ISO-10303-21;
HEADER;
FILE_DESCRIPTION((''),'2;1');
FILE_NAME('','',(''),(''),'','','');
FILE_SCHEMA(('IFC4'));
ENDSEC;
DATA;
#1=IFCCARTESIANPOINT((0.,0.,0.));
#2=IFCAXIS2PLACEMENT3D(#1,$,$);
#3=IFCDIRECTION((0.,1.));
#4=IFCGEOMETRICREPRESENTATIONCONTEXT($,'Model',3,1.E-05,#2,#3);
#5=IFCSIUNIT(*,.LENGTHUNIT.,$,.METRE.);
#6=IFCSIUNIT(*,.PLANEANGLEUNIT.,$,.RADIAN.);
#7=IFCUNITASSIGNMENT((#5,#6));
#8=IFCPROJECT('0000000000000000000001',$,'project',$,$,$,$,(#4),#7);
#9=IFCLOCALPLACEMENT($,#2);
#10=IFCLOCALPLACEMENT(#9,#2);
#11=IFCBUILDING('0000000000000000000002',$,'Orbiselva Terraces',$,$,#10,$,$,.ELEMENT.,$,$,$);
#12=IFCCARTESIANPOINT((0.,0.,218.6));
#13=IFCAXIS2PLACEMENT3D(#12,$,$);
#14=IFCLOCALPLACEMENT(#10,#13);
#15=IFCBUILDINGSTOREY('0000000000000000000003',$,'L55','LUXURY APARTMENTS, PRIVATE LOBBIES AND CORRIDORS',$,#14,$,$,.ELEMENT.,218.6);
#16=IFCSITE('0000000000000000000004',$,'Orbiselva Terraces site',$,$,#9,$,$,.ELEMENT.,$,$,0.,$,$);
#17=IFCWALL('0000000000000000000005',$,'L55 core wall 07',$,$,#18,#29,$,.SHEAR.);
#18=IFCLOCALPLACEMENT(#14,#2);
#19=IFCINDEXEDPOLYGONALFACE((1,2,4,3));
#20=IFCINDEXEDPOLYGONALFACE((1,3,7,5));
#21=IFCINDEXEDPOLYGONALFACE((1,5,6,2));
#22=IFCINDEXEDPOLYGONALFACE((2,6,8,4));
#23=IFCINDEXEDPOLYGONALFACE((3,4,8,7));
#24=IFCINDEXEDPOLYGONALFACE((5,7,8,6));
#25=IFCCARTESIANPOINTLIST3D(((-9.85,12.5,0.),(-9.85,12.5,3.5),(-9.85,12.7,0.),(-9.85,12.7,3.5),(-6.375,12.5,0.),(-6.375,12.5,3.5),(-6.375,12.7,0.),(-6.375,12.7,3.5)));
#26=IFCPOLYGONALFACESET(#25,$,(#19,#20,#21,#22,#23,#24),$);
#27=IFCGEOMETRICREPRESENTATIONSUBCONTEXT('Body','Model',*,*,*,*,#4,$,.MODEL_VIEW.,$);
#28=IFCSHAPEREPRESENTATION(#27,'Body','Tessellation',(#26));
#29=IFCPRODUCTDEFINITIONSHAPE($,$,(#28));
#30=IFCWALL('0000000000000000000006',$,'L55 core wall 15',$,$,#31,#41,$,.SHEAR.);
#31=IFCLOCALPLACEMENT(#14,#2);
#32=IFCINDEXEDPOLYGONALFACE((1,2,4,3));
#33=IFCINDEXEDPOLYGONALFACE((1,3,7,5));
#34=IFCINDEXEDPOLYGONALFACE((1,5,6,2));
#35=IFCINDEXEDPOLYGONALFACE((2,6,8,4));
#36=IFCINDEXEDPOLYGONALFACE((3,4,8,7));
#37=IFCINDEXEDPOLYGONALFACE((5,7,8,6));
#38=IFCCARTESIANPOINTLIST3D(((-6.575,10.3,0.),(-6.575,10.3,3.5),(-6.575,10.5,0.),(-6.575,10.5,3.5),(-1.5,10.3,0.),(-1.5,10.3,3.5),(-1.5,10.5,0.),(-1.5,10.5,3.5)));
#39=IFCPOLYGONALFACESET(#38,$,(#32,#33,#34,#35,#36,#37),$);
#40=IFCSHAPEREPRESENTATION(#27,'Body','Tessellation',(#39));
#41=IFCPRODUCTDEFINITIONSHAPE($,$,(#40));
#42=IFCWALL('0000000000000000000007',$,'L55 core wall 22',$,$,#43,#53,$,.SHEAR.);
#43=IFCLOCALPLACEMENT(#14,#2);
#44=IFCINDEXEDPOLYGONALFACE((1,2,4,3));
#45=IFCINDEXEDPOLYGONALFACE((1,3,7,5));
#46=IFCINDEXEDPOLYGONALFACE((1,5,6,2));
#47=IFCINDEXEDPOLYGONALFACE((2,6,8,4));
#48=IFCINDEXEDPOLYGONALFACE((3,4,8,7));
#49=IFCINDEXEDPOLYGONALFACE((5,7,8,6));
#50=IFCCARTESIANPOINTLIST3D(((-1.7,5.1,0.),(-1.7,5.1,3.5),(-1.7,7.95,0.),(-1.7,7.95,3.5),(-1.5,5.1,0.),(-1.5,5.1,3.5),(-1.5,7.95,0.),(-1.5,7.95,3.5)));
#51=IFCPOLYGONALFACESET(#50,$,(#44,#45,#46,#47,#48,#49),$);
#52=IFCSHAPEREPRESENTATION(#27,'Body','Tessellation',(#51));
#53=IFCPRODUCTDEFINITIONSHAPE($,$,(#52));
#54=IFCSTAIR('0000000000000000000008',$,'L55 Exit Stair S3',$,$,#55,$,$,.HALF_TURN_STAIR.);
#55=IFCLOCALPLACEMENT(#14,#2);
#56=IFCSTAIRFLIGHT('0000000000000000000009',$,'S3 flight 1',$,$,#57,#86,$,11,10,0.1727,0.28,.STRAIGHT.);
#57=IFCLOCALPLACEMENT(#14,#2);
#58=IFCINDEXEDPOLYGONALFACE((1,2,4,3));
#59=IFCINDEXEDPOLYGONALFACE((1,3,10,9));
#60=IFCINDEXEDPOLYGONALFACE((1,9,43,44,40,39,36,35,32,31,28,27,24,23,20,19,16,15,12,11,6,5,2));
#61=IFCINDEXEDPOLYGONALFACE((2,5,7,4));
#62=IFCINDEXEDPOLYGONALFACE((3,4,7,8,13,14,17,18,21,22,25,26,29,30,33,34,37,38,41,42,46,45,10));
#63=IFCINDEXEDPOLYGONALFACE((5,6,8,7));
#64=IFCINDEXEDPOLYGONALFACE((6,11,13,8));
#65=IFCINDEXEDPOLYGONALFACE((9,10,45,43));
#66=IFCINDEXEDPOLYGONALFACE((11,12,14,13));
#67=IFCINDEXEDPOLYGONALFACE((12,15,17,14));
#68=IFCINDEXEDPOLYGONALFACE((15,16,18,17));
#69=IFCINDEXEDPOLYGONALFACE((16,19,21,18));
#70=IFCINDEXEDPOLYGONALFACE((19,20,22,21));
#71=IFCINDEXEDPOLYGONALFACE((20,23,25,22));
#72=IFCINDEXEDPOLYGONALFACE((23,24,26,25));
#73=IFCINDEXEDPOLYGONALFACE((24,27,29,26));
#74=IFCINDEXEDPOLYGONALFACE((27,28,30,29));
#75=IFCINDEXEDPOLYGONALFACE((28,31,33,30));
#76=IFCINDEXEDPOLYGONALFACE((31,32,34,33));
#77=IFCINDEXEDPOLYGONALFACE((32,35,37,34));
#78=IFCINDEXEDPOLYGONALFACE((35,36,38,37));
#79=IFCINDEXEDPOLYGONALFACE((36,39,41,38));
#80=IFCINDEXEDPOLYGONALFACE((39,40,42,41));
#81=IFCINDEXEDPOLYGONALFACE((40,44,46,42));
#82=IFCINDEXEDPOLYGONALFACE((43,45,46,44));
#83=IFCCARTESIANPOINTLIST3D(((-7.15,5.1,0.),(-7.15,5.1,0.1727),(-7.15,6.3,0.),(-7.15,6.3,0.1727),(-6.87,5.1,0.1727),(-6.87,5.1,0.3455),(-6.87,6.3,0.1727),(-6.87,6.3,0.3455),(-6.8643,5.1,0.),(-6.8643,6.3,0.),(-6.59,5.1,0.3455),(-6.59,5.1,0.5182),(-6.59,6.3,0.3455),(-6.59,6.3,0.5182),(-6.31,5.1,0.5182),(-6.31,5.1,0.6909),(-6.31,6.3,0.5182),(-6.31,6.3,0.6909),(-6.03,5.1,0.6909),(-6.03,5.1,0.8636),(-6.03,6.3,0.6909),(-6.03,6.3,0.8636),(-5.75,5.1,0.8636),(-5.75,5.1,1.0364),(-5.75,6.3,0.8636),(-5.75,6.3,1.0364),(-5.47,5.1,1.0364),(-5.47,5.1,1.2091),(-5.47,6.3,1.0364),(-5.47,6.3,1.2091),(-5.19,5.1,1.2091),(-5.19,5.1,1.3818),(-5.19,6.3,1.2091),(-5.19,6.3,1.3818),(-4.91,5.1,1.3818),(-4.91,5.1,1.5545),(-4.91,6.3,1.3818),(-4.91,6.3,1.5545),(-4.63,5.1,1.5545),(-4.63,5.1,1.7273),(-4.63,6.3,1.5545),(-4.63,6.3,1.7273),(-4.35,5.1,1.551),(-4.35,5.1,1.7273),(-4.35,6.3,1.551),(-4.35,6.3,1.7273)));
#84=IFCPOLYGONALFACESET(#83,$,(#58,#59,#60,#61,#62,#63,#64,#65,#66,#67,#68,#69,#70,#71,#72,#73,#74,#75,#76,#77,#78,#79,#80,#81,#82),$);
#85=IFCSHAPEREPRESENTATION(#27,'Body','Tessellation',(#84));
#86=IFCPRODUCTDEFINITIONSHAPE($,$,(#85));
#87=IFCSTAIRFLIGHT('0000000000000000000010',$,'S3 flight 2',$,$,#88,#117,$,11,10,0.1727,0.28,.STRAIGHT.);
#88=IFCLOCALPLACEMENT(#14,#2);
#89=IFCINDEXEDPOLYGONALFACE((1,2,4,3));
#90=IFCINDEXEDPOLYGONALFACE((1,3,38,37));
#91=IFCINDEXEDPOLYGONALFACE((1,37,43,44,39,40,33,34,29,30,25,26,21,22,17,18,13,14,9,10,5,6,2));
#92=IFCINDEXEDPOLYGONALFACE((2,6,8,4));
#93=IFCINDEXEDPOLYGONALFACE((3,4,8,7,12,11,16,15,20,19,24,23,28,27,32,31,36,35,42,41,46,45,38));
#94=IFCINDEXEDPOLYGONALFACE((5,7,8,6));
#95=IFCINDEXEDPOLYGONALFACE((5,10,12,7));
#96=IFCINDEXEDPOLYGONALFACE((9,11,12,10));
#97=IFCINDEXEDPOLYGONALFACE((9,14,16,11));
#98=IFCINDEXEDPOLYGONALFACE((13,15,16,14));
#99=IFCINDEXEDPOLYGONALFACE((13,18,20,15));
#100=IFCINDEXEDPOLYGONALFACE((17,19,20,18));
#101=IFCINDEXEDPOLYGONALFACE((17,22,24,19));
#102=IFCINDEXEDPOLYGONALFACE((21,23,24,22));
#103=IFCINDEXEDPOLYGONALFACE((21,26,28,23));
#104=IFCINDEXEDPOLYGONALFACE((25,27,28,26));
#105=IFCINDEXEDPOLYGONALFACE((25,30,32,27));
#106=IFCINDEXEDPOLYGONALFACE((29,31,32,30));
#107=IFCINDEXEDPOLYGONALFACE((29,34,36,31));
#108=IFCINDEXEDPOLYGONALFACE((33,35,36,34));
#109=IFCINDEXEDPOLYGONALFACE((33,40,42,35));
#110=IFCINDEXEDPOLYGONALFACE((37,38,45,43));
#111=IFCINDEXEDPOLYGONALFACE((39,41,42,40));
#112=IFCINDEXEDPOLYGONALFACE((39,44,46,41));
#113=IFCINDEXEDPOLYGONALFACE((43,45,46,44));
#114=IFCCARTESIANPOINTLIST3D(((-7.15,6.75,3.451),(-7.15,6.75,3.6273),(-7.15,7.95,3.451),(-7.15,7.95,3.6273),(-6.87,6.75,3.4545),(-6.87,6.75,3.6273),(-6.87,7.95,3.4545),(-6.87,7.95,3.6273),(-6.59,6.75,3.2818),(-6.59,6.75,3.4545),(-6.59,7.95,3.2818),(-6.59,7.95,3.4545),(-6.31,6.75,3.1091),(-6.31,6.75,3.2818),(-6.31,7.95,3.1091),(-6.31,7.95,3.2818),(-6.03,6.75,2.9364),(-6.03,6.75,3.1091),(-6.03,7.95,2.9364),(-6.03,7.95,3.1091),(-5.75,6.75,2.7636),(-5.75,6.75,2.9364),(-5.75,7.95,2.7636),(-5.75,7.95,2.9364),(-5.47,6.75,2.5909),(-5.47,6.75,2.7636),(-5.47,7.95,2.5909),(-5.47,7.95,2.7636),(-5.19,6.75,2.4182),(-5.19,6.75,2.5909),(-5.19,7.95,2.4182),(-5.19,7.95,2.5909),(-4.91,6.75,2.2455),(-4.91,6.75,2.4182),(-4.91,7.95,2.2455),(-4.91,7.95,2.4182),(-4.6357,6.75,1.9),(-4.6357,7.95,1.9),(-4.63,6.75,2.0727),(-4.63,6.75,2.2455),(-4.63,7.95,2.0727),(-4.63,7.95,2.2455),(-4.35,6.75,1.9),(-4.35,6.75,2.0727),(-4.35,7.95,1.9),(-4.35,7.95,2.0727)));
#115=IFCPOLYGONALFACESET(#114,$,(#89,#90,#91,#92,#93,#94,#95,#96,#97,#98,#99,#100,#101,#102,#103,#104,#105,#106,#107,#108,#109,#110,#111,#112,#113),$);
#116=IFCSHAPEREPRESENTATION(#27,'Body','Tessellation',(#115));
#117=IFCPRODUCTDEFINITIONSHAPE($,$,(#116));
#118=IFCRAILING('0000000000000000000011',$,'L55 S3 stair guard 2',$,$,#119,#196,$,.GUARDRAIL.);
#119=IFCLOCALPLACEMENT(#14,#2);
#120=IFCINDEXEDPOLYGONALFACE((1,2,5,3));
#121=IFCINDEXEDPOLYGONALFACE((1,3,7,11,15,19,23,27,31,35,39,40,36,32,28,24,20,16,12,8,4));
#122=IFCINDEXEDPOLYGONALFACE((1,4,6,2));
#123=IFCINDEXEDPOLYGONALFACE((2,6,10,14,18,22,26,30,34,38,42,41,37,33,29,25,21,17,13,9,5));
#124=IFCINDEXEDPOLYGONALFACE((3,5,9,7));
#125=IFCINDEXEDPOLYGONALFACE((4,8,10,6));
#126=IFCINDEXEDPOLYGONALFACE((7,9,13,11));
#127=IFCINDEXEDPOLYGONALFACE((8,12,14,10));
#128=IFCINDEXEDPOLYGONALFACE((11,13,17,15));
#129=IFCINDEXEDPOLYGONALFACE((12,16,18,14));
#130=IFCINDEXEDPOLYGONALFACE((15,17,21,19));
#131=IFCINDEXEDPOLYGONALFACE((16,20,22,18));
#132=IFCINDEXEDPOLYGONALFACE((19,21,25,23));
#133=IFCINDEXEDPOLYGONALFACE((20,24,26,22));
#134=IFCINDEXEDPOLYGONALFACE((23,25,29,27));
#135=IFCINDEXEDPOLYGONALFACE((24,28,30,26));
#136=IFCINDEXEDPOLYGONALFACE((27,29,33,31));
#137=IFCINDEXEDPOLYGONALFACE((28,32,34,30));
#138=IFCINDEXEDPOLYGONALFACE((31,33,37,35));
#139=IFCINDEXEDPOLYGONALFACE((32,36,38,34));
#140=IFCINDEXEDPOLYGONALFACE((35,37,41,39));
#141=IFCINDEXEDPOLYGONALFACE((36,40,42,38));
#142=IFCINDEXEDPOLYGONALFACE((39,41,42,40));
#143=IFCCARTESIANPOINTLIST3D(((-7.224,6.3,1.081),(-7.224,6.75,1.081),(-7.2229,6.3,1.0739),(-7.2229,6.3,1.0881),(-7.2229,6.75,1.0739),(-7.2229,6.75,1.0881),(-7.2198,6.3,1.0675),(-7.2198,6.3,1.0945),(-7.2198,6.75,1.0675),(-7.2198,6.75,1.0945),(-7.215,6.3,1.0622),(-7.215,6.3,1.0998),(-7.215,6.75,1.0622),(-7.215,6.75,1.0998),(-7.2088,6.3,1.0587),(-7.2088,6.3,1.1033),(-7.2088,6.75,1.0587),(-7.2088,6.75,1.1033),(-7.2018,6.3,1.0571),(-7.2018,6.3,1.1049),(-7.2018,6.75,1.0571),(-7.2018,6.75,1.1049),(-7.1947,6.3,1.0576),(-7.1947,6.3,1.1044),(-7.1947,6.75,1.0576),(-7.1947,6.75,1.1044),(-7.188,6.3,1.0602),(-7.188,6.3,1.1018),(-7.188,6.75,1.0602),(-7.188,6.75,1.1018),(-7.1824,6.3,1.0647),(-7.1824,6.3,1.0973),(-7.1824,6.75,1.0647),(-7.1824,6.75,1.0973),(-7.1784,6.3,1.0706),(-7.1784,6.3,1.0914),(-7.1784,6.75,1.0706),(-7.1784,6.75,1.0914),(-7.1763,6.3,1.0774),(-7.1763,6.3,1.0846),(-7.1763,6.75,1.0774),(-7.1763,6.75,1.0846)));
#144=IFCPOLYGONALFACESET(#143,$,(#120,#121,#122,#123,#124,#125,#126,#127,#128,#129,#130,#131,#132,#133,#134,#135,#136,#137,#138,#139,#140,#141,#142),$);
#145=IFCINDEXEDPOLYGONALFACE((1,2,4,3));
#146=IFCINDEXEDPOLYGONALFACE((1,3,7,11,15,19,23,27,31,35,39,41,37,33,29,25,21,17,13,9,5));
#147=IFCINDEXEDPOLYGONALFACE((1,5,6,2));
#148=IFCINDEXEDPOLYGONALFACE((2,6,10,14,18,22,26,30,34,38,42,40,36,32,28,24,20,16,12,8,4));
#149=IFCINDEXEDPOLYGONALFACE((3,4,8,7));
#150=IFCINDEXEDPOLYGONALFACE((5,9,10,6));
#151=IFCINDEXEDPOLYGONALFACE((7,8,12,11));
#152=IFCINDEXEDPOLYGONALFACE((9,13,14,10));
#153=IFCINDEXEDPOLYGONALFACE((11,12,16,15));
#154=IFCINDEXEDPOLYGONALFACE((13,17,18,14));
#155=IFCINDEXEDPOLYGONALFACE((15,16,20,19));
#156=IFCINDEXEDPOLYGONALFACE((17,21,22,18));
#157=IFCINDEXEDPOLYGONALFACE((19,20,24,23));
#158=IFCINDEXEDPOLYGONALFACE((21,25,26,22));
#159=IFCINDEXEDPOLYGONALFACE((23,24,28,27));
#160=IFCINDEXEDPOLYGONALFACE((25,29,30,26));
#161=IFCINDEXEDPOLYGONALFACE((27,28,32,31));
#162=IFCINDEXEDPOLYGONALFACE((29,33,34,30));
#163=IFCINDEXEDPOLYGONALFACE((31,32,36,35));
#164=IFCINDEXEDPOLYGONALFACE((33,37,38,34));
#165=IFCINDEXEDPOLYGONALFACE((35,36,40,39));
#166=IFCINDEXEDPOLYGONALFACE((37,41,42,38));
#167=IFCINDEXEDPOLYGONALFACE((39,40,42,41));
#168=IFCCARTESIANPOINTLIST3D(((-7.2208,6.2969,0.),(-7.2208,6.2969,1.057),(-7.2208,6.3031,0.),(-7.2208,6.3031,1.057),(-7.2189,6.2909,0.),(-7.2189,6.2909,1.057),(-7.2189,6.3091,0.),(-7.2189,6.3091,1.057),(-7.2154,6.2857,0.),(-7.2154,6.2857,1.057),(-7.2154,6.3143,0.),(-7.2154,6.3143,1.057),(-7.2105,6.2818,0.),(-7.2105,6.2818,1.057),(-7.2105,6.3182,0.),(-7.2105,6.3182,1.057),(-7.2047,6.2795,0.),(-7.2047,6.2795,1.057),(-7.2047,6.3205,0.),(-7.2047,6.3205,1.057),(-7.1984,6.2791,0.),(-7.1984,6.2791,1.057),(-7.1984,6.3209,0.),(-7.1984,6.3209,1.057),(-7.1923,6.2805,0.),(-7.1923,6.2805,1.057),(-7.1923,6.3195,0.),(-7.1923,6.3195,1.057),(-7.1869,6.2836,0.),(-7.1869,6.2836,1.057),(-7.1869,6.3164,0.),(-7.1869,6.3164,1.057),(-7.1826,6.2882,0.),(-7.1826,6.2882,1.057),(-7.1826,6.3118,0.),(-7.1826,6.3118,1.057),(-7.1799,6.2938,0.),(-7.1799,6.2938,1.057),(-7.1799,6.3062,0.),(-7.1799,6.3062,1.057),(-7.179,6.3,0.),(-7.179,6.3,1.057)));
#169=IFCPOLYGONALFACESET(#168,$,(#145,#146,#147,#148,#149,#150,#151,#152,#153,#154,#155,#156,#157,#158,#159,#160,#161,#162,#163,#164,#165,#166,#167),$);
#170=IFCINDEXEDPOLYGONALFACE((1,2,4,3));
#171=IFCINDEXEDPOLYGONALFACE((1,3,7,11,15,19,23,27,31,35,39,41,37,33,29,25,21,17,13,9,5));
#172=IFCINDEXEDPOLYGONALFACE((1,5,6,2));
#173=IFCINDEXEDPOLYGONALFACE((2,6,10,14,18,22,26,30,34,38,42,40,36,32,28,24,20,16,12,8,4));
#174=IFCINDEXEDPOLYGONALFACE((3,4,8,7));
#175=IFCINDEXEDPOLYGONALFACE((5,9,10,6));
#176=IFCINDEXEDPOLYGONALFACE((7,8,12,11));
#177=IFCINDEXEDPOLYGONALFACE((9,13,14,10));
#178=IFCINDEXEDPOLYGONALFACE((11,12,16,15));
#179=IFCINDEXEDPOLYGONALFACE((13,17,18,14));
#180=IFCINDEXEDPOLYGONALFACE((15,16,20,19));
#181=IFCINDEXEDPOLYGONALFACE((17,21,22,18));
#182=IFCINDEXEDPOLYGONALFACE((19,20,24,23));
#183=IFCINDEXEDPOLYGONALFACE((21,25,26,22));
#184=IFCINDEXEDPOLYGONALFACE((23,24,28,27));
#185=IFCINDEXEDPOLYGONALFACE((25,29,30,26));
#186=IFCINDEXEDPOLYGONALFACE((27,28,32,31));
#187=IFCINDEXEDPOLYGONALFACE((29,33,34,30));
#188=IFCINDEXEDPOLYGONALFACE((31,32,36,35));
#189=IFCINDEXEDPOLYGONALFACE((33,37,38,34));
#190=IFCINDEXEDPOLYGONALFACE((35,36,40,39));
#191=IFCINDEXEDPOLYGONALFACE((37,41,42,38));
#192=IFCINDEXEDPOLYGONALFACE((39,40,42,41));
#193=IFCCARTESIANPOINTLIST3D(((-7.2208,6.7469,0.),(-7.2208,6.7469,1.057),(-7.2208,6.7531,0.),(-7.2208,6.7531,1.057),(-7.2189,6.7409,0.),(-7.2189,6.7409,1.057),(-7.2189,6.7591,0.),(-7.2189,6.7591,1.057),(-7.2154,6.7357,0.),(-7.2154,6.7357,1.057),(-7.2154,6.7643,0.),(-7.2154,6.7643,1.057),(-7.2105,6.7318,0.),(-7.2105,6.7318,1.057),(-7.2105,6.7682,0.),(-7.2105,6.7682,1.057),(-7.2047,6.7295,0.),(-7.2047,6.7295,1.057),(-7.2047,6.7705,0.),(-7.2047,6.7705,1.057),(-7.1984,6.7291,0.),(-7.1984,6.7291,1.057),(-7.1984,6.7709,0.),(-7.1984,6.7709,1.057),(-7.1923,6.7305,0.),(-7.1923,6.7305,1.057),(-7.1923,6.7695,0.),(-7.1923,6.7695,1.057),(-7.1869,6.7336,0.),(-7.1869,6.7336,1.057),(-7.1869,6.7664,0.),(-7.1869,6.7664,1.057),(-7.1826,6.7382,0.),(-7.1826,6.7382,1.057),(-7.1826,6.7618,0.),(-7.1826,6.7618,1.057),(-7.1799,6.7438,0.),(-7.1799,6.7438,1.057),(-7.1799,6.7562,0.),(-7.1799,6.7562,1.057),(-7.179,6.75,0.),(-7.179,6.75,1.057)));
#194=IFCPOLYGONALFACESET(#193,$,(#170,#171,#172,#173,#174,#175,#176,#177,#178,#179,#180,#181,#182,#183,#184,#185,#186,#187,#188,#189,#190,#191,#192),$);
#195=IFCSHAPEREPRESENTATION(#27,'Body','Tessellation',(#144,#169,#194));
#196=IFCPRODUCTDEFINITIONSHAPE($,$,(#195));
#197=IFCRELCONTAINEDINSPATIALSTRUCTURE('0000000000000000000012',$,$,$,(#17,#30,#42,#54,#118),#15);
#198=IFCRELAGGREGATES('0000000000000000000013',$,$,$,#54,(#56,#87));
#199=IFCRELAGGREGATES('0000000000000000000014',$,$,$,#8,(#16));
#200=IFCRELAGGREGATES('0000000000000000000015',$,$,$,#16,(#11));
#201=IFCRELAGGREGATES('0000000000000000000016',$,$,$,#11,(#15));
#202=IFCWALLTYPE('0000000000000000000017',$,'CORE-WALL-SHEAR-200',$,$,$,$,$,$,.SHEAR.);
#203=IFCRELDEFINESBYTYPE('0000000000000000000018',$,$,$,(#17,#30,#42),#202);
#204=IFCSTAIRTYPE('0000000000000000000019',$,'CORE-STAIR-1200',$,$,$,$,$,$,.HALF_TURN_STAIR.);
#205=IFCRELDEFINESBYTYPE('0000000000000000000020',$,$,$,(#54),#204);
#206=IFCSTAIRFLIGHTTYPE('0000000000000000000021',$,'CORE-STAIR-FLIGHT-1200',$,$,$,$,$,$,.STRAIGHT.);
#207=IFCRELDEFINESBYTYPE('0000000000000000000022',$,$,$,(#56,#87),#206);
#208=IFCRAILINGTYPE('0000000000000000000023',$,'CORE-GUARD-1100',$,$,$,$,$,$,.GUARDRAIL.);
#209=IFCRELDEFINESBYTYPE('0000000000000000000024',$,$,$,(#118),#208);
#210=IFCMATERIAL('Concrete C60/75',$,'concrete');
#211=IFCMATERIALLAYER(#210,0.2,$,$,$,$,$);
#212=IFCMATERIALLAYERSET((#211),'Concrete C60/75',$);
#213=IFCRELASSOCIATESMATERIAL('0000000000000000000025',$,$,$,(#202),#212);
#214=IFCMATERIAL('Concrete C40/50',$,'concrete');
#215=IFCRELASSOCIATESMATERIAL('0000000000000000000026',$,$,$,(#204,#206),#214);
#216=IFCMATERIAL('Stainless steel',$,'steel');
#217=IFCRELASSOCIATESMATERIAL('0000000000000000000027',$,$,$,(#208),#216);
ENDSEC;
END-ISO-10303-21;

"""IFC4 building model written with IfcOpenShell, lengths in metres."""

from ifc_helpers import new_model, si_unit, direction, frame, frame_2d, origin, origin_2d, place, context, subcontext, project, spatial, polyline, rectangle, circle, outline, extrude, material, layer, layer_set, type_object, element, aggregate, save


model = new_model("IFC4")

# Units and contexts
model_context = context("Model", 3, precision=1e-05, world=origin(), true_north=direction((0.0, 1.0)))
body_context = subcontext(model_context, "Body", "Model", "MODEL_VIEW")
ifc_project = project(units=[si_unit("LENGTHUNIT", "METRE"), si_unit("PLANEANGLEUNIT", "RADIAN")], contexts=[model_context])

# Site, building, storey
site_placement = place(None, origin())
site = spatial("IfcSite", under=ifc_project, at=site_placement, Name="Orbiselva Terraces site", CompositionType="ELEMENT", RefElevation=0.0)
building_placement = place(site_placement, origin())
building = spatial("IfcBuilding", under=site, at=building_placement, Name="Orbiselva Terraces", CompositionType="ELEMENT")
storey_placement = place(building_placement, frame((0.0, 0.0, 218.6)))
storey = spatial("IfcBuildingStorey", under=building, at=storey_placement, Name="L55", Description="LUXURY APARTMENTS, PRIVATE LOBBIES AND CORRIDORS", CompositionType="ELEMENT", Elevation=218.6)

# Walls
ifc_material_1 = material(Name="Concrete C60/75", Category="concrete")
ifc_layer_1 = layer(ifc_material_1, 0.2)
ifc_layer_set_1 = layer_set([ifc_layer_1], Name="Concrete C60/75")
wall_type_1 = type_object("IfcWallType", Name="CORE-WALL-SHEAR-200", PredefinedType="SHEAR", material=ifc_layer_set_1)
wall_1_placement = place(storey_placement, frame((-9.85, 12.6, 0.0), z_axis=(0.0, 0.0, 1.0), x_axis=(1.0, 0.0, 0.0)))
element("IfcWall", 1, at=wall_1_placement, inside=storey, type_object=wall_type_1, Name="L55 core wall 07", PredefinedType="SHEAR", context=body_context, shape_type="SweptSolid", body=[
    extrude(rectangle(XDim=3.475, YDim=0.2, at=frame_2d((1.7375, 0.0))), origin(), (0.0, 0.0, 1.0), 3.5),
])
wall_2_placement = place(storey_placement, frame((-6.575, 10.4, 0.0), z_axis=(0.0, 0.0, 1.0), x_axis=(1.0, 0.0, 0.0)))
element("IfcWall", 2, at=wall_2_placement, inside=storey, type_object=wall_type_1, Name="L55 core wall 15", PredefinedType="SHEAR", context=body_context, shape_type="SweptSolid", body=[
    extrude(rectangle(XDim=5.075, YDim=0.2, at=frame_2d((2.5375, 0.0))), origin(), (0.0, 0.0, 1.0), 3.5),
])
wall_3_placement = place(storey_placement, frame((-1.6, 5.1, 0.0), z_axis=(0.0, 0.0, 1.0), x_axis=(0.0, 1.0, 0.0)))
element("IfcWall", 3, at=wall_3_placement, inside=storey, type_object=wall_type_1, Name="L55 core wall 22", PredefinedType="SHEAR", context=body_context, shape_type="SweptSolid", body=[
    extrude(rectangle(XDim=2.85, YDim=0.2, at=frame_2d((1.425, 0.0))), origin(), (0.0, 0.0, 1.0), 3.5),
])

# Stair, stair flights
ifc_material_2 = material(Name="Concrete C40/50", Category="concrete")
stair_type = type_object("IfcStairType", Name="CORE-STAIR-1200", PredefinedType="HALF_TURN_STAIR", material=ifc_material_2)
stair_placement = place(storey_placement, origin())
stair = element("IfcStair", 4, at=stair_placement, inside=storey, type_object=stair_type, Name="L55 Exit Stair S3", PredefinedType="HALF_TURN_STAIR")
stair_flight_type = type_object("IfcStairFlightType", Name="CORE-STAIR-FLIGHT-1200", PredefinedType="STRAIGHT", material=ifc_material_2)
stair_flight_1_placement = place(storey_placement, frame((-7.15, 5.7, 0.0), z_axis=(0.0, 0.0, 1.0), x_axis=(1.0, 0.0, 0.0)))
stair_flight_1 = element("IfcStairFlight", 5, at=stair_flight_1_placement, type_object=stair_flight_type, Name="S3 flight 1", NumberOfRisers=11, NumberOfTreads=10, PredefinedType="STRAIGHT", RiserHeight=0.1727, TreadLength=0.28, context=body_context, shape_type="SweptSolid", body=[
    extrude(outline(polyline([(0.0, 0.0), (0.0, 0.1727), (0.28, 0.1727), (0.28, 0.3455), (0.56, 0.3455), (0.56, 0.5182), (0.84, 0.5182), (0.84, 0.6909), (1.12, 0.6909), (1.12, 0.8636), (1.4, 0.8636), (1.4, 1.0364), (1.68, 1.0364), (1.68, 1.2091), (1.96, 1.2091), (1.96, 1.3818), (2.24, 1.3818), (2.24, 1.5545), (2.52, 1.5545), (2.52, 1.7273), (2.8, 1.7273), (2.8, 1.9), (2.8, 1.551), (0.2857, 0.0), (0.0, 0.0)])), frame((0.0, 0.6, 0.0), z_axis=(0.0, -1.0, 0.0), x_axis=(1.0, 0.0, 0.0)), (0.0, 0.0, 1.0), 1.2),
])
stair_flight_2_placement = place(storey_placement, frame((-4.35, 7.35, 1.9), z_axis=(0.0, 0.0, 1.0), x_axis=(-1.0, 0.0, 0.0)))
stair_flight_2 = element("IfcStairFlight", 6, at=stair_flight_2_placement, type_object=stair_flight_type, Name="S3 flight 2", NumberOfRisers=11, NumberOfTreads=10, PredefinedType="STRAIGHT", RiserHeight=0.1727, TreadLength=0.28, context=body_context, shape_type="SweptSolid", body=[
    extrude(outline(polyline([(0.0, 0.0), (0.0, 0.1727), (0.28, 0.1727), (0.28, 0.3455), (0.56, 0.3455), (0.56, 0.5182), (0.84, 0.5182), (0.84, 0.6909), (1.12, 0.6909), (1.12, 0.8636), (1.4, 0.8636), (1.4, 1.0364), (1.68, 1.0364), (1.68, 1.2091), (1.96, 1.2091), (1.96, 1.3818), (2.24, 1.3818), (2.24, 1.5545), (2.52, 1.5545), (2.52, 1.7273), (2.8, 1.7273), (2.8, 1.9), (2.8, 1.551), (0.2857, 0.0), (0.0, 0.0)])), frame((0.0, 0.6, 0.0), z_axis=(0.0, -1.0, 0.0), x_axis=(1.0, 0.0, 0.0)), (0.0, 0.0, 1.0), 1.2),
])
aggregate(stair, [stair_flight_1, stair_flight_2])

# Railing
ifc_material_3 = material(Name="Stainless steel", Category="steel")
railing_type_1 = type_object("IfcRailingType", Name="CORE-GUARD-1100", PredefinedType="GUARDRAIL", material=ifc_material_3)
railing_1_placement = place(storey_placement, frame((-7.2, 6.3, 0.0)))
element("IfcRailing", 7, at=railing_1_placement, inside=storey, type_object=railing_type_1, Name="L55 S3 stair guard 2", PredefinedType="GUARDRAIL", context=body_context, shape_type="SweptSolid", body=[
    extrude(circle(Radius=0.024, at=origin_2d()), frame((0.0, 0.0, 1.081), z_axis=(0.0, 1.0, 0.0), x_axis=(-1.0, 0.0, 0.0)), (0.0, 0.0, 1.0), 0.45),
    extrude(circle(Radius=0.021, at=origin_2d()), origin(), (0.0, 0.0, 1.0), 1.057),
    extrude(circle(Radius=0.021, at=origin_2d()), frame((0.0, 0.45, 0.0)), (0.0, 0.0, 1.0), 1.057),
])

save(model, "model.ifc")
